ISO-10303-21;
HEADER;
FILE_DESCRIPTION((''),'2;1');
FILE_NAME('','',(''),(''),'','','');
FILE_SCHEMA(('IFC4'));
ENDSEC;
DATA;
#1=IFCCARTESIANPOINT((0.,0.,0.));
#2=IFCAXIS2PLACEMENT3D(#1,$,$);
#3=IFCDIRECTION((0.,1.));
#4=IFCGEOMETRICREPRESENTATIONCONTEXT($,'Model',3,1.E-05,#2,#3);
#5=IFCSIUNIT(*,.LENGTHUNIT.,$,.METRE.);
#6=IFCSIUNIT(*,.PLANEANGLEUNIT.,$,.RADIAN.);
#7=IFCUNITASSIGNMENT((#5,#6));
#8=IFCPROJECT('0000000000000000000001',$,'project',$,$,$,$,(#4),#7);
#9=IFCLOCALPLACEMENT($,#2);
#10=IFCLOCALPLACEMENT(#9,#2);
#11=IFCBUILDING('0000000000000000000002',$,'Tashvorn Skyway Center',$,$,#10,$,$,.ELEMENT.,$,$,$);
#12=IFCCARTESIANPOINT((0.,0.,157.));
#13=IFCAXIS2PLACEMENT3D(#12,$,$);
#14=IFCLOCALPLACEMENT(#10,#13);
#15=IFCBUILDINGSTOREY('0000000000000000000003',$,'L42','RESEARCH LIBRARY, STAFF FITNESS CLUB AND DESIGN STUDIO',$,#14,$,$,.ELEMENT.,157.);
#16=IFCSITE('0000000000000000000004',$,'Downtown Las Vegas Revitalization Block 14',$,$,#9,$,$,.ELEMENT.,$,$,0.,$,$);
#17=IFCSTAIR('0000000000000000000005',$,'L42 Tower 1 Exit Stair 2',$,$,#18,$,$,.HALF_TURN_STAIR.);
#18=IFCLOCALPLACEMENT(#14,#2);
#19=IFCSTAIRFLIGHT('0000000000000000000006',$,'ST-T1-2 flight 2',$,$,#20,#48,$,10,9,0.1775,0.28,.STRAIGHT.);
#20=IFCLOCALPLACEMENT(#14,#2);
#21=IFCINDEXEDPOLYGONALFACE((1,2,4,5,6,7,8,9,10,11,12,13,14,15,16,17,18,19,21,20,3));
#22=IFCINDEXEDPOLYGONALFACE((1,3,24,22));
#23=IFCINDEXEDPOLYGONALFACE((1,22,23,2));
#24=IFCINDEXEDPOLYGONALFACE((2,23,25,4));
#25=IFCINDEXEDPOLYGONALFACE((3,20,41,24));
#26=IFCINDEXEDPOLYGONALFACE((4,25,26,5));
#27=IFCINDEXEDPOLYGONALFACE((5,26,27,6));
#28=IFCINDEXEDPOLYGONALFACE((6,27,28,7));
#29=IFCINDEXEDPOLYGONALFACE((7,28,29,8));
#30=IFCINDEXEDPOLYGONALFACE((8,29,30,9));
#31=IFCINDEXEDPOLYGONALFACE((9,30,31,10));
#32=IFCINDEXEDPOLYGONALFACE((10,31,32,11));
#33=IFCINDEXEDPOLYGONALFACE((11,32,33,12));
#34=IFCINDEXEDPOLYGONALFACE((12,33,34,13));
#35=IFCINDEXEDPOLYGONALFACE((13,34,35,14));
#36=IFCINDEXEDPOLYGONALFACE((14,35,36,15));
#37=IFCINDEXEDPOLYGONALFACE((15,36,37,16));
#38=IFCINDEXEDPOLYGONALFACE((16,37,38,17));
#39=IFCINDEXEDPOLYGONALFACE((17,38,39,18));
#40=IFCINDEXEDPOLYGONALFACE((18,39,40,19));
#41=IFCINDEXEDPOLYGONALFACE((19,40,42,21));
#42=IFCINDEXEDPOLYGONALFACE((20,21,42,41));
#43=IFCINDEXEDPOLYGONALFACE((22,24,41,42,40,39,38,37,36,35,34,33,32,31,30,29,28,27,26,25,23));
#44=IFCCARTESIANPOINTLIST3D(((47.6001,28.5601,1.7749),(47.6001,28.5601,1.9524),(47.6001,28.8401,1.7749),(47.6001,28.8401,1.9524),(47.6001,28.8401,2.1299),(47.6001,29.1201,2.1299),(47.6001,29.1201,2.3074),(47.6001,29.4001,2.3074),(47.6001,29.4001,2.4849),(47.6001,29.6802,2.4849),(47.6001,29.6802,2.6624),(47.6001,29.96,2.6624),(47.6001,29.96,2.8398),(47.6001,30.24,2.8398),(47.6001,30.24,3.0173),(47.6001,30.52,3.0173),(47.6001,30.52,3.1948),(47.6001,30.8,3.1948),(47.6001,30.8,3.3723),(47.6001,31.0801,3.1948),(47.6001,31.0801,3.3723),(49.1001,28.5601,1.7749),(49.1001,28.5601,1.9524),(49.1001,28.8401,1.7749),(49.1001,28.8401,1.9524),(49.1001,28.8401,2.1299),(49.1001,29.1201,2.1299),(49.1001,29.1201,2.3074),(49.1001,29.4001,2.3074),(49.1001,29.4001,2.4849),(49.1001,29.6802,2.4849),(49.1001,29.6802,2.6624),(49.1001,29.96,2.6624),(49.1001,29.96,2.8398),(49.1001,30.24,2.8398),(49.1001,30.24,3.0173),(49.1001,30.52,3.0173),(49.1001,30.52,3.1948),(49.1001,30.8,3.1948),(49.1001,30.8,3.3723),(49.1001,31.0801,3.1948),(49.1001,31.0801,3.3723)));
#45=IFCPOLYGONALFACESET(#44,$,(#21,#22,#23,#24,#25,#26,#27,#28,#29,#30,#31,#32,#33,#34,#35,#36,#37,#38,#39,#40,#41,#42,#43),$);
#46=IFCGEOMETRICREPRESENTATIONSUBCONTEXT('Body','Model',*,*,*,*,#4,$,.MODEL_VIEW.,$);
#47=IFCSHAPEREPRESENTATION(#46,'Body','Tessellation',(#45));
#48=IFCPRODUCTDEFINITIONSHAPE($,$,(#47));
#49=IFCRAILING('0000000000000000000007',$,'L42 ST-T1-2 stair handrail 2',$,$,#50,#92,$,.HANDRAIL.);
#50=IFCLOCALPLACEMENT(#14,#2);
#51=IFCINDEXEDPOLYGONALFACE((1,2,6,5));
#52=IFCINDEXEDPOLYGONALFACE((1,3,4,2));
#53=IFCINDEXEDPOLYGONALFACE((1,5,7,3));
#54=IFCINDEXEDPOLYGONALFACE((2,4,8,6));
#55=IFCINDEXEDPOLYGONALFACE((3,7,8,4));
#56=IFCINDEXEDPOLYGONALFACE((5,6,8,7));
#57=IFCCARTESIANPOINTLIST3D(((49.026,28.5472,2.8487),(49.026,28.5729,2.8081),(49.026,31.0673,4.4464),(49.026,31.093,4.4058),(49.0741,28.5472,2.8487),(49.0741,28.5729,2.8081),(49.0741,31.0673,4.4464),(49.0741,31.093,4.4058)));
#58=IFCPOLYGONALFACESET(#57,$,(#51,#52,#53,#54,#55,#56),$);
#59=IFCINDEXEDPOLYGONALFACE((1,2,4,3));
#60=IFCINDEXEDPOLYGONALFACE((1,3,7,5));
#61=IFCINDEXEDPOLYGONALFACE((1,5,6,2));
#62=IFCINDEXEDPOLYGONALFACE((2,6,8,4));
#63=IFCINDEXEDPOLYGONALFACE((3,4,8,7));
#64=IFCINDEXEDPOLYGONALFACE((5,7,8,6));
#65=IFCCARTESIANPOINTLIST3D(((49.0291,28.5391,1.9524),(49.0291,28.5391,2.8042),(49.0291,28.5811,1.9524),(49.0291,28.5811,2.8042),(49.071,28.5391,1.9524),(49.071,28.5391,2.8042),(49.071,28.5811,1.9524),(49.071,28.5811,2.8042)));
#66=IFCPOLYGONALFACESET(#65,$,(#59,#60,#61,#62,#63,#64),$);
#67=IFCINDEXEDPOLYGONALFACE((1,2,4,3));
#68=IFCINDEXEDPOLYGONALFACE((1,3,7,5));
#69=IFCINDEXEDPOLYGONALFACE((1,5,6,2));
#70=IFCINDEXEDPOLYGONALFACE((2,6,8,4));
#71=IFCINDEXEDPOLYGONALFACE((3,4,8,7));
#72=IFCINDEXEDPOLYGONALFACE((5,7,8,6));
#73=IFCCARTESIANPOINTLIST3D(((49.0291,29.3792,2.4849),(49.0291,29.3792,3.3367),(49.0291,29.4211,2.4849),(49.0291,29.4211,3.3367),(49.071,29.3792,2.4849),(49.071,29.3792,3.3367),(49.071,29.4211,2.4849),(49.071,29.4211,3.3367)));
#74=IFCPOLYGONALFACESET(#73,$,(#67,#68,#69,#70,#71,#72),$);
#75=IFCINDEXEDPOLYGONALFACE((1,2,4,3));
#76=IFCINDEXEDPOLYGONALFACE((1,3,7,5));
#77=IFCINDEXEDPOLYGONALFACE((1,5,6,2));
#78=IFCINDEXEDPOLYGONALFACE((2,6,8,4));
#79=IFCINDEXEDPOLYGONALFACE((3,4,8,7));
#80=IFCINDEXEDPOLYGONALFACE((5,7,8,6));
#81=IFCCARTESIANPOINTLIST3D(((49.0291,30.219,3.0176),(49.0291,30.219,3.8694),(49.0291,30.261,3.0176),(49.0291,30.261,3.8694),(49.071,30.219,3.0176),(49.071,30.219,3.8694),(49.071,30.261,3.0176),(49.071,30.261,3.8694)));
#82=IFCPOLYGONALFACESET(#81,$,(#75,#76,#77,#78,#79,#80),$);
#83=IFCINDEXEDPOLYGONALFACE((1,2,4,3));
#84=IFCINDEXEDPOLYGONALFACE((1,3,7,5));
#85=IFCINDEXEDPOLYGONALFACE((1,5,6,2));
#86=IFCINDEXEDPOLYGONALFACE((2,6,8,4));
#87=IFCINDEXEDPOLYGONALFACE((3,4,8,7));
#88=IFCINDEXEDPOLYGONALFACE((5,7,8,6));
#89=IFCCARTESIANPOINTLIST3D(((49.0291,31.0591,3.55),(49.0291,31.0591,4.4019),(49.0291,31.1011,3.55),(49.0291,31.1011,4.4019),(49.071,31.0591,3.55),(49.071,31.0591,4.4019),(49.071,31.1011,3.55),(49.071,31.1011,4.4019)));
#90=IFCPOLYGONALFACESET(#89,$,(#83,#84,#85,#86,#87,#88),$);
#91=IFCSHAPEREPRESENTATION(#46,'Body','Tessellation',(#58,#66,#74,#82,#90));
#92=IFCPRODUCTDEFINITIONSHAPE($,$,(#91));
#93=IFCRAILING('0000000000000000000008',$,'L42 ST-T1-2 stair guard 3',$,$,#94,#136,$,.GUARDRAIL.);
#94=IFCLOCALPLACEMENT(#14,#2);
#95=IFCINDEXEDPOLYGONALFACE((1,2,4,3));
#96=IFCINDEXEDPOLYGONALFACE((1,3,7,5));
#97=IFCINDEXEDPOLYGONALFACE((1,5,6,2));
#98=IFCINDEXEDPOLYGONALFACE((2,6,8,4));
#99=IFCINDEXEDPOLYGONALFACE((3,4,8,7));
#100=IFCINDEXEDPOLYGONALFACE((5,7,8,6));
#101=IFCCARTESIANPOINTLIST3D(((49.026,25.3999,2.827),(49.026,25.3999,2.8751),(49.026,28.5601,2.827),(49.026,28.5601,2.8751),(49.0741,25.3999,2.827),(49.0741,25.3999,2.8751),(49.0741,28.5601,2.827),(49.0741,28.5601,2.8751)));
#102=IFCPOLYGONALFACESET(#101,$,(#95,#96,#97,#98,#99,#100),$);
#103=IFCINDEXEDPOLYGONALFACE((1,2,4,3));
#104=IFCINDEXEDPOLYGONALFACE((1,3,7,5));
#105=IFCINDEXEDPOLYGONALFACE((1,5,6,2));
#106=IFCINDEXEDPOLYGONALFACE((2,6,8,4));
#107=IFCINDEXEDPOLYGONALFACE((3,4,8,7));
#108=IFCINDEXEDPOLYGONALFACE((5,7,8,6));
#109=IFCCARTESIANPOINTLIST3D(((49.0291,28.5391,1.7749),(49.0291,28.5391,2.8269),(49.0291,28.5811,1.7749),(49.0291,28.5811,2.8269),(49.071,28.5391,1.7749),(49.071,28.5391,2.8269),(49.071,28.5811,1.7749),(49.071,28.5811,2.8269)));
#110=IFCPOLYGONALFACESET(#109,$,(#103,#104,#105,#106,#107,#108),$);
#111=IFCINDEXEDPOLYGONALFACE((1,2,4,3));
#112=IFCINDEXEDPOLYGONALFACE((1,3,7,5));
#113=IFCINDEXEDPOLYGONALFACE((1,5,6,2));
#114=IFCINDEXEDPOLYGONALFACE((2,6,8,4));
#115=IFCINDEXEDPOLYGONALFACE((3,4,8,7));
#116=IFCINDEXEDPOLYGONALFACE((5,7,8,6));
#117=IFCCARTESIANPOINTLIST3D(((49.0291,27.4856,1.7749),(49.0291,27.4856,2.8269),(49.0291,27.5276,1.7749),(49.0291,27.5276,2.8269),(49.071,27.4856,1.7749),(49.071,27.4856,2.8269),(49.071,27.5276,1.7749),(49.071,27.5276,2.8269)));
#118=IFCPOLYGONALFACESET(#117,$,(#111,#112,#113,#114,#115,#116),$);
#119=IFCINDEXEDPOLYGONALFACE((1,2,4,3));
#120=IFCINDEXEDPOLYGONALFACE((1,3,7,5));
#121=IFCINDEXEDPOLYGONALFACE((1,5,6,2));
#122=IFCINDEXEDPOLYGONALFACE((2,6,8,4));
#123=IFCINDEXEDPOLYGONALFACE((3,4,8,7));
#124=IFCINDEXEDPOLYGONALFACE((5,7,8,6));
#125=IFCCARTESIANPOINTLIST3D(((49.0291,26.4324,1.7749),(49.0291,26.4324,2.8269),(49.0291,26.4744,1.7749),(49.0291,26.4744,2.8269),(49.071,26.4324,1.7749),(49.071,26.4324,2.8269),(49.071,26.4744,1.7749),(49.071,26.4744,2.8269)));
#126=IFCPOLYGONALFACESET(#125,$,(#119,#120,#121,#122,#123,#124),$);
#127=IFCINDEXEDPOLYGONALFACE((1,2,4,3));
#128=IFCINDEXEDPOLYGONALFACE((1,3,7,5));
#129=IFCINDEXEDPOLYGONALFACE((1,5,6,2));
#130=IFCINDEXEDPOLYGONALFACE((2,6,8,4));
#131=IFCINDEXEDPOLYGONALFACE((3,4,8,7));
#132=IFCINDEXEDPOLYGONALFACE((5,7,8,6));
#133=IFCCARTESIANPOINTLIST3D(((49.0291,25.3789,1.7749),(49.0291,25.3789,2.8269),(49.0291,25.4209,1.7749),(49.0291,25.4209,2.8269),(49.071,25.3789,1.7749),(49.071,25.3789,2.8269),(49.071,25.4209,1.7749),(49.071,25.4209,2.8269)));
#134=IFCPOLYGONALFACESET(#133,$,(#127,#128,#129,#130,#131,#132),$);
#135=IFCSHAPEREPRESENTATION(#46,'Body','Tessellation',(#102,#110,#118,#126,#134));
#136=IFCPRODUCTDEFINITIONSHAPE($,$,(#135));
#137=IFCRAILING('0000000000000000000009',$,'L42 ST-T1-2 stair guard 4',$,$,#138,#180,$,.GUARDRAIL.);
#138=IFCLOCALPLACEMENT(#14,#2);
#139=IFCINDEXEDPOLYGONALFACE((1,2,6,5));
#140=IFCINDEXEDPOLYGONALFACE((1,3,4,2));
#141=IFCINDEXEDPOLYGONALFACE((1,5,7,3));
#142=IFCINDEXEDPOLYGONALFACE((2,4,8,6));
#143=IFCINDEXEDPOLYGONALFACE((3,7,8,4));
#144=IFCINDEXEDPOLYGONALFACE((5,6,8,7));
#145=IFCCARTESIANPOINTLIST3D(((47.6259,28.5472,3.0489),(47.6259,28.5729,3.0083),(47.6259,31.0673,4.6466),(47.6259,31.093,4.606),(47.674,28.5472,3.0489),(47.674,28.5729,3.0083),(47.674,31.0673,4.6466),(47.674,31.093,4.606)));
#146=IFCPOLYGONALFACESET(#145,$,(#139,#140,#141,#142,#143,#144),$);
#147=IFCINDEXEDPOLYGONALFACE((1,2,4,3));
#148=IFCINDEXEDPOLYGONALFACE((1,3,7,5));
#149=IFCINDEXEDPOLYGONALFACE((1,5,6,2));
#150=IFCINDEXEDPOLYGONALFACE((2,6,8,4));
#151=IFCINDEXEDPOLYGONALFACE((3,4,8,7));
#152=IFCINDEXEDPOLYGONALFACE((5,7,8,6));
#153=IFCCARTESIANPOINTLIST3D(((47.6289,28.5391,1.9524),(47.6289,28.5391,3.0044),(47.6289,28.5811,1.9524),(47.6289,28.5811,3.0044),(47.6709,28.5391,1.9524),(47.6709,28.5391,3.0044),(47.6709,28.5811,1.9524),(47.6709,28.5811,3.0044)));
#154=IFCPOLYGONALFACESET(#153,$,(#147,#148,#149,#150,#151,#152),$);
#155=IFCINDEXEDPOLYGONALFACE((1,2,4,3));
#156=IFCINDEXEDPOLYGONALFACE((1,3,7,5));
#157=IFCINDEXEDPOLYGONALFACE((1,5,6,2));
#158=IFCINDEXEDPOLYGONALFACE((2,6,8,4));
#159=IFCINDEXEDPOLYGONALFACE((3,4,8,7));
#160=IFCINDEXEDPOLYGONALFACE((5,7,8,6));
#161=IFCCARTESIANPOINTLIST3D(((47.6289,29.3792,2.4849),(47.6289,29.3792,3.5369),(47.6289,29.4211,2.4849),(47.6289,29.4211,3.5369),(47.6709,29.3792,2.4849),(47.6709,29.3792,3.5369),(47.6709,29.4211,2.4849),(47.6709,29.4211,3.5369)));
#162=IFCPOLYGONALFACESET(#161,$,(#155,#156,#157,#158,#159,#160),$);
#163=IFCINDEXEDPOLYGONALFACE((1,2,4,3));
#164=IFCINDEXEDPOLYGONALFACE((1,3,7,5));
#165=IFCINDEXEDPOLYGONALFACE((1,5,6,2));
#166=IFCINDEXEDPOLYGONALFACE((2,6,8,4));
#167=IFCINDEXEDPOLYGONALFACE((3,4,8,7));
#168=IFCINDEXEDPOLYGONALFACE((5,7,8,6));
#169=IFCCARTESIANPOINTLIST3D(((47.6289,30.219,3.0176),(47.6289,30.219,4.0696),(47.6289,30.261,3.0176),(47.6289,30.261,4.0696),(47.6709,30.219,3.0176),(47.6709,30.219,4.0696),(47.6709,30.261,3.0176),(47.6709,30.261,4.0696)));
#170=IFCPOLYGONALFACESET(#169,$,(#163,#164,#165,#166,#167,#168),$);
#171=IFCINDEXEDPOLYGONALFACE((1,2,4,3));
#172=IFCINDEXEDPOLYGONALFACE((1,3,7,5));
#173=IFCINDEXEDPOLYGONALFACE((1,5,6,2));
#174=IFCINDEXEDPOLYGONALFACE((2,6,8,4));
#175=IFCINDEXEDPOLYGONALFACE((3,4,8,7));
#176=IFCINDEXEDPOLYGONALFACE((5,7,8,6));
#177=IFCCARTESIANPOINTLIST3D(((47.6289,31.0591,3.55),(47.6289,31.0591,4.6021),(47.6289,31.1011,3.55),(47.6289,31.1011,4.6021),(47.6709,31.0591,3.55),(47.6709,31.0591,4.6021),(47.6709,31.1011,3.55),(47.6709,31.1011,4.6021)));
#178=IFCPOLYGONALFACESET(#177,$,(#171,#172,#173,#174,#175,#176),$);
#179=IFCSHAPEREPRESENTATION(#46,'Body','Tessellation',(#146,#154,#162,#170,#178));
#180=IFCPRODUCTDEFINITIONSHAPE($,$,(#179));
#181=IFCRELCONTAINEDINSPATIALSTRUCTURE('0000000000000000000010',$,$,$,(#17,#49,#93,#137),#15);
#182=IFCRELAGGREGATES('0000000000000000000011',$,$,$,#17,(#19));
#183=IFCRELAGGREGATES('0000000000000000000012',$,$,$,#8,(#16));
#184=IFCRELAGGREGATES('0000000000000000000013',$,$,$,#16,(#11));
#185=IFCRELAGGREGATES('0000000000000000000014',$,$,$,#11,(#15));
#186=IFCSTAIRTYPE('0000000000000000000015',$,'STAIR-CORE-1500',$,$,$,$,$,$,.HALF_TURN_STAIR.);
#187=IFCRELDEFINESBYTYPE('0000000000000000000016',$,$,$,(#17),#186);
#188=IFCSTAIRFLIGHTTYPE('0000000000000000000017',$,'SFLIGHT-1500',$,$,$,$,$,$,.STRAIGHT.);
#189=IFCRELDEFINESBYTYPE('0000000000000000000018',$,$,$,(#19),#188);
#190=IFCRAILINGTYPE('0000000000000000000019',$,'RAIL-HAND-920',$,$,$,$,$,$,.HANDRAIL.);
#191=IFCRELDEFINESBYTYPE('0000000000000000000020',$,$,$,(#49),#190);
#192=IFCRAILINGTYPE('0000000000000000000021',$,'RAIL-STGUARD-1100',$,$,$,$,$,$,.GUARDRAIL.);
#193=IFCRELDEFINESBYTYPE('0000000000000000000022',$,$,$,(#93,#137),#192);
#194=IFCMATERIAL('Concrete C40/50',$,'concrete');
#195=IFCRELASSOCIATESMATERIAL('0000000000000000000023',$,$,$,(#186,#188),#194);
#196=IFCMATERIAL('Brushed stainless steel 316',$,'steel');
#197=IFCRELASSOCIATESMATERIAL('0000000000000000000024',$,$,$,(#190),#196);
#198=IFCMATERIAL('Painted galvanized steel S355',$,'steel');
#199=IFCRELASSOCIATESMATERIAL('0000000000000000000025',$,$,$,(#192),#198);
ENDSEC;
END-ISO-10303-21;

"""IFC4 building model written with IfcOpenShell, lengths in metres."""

from ifc_helpers import new_model, si_unit, direction, frame, origin, origin_2d, place, context, subcontext, project, spatial, polyline, rectangle, outline, extrude, material, type_object, element, aggregate, save


model = new_model("IFC4")

# Units and contexts
model_context = context("Model", 3, precision=1e-05, world=origin(), true_north=direction((0.0, 1.0)))
body_context = subcontext(model_context, "Body", "Model", "MODEL_VIEW")
ifc_project = project(units=[si_unit("LENGTHUNIT", "METRE"), si_unit("PLANEANGLEUNIT", "RADIAN")], contexts=[model_context])

# Site, building, storey
site_placement = place(None, origin())
site = spatial("IfcSite", under=ifc_project, at=site_placement, Name="Downtown Las Vegas Revitalization Block 14", CompositionType="ELEMENT", RefElevation=0.0)
building_placement = place(site_placement, origin())
building = spatial("IfcBuilding", under=site, at=building_placement, Name="Tashvorn Skyway Center", CompositionType="ELEMENT")
storey_placement = place(building_placement, frame((0.0, 0.0, 157.0)))
storey = spatial("IfcBuildingStorey", under=building, at=storey_placement, Name="L42", Description="RESEARCH LIBRARY, STAFF FITNESS CLUB AND DESIGN STUDIO", CompositionType="ELEMENT", Elevation=157.0)

# Stair, stair flight
ifc_material_1 = material(Name="Concrete C40/50", Category="concrete")
stair_type = type_object("IfcStairType", Name="STAIR-CORE-1500", PredefinedType="HALF_TURN_STAIR", material=ifc_material_1)
stair_placement = place(storey_placement, origin())
stair = element("IfcStair", 1, at=stair_placement, inside=storey, type_object=stair_type, Name="L42 Tower 1 Exit Stair 2", PredefinedType="HALF_TURN_STAIR")
stair_flight_type = type_object("IfcStairFlightType", Name="SFLIGHT-1500", PredefinedType="STRAIGHT", material=ifc_material_1)
stair_flight_placement = place(storey_placement, frame((48.3501, 28.5601, 1.7749), z_axis=(0.0, 0.0, 1.0), x_axis=(0.0, 1.0, 0.0)))
stair_flight = element("IfcStairFlight", 2, at=stair_flight_placement, type_object=stair_flight_type, Name="ST-T1-2 flight 2", NumberOfRisers=10, NumberOfTreads=9, PredefinedType="STRAIGHT", RiserHeight=0.1775, TreadLength=0.28, context=body_context, shape_type="SweptSolid", body=[
    extrude(outline(polyline([(0.0, 0.0), (0.0, 0.1775), (0.28, 0.1775), (0.28, 0.355), (0.5601, 0.355), (0.5601, 0.5325), (0.8401, 0.5325), (0.8401, 0.71), (1.1201, 0.71), (1.1201, 0.8875), (1.3999, 0.8875), (1.3999, 1.0649), (1.6799, 1.0649), (1.6799, 1.2424), (1.96, 1.2424), (1.96, 1.4199), (2.24, 1.4199), (2.24, 1.5974), (2.52, 1.5974), (2.52, 1.7749), (2.52, 1.4199), (0.28, 0.0), (0.0, 0.0)])), frame((0.0, 0.75, 0.0), z_axis=(0.0, -1.0, 0.0), x_axis=(1.0, 0.0, 0.0)), (0.0, 0.0, 1.0), 1.5),
])
aggregate(stair, [stair_flight])

# Railings
ifc_material_2 = material(Name="Brushed stainless steel 316", Category="steel")
railing_type_1 = type_object("IfcRailingType", Name="RAIL-HAND-920", PredefinedType="HANDRAIL", material=ifc_material_2)
railing_1_placement = place(storey_placement, frame((49.05, 28.5601, 1.9524)))
element("IfcRailing", 3, at=railing_1_placement, inside=storey, type_object=railing_type_1, Name="L42 ST-T1-2 stair handrail 2", PredefinedType="HANDRAIL", context=body_context, shape_type="SweptSolid", body=[
    extrude(rectangle(XDim=0.0481, YDim=0.0481, at=origin_2d()), frame((0.0, 0.0, 0.876), z_axis=(0.0, 0.84457, 0.535445), x_axis=(-1.0, 0.0, 0.0)), (0.0, 0.0, 1.0), 2.9839),
    extrude(rectangle(XDim=0.042, YDim=0.042, at=origin_2d()), origin(), (0.0, 0.0, 1.0), 0.8518),
    extrude(rectangle(XDim=0.042, YDim=0.042, at=origin_2d()), frame((0.0, 0.8401, 0.5325)), (0.0, 0.0, 1.0), 0.8518),
    extrude(rectangle(XDim=0.042, YDim=0.042, at=origin_2d()), frame((0.0, 1.6799, 1.0652)), (0.0, 0.0, 1.0), 0.8518),
    extrude(rectangle(XDim=0.042, YDim=0.042, at=origin_2d()), frame((0.0, 2.52, 1.5977)), (0.0, 0.0, 1.0), 0.8518),
])
ifc_material_3 = material(Name="Painted galvanized steel S355", Category="steel")
railing_type_2 = type_object("IfcRailingType", Name="RAIL-STGUARD-1100", PredefinedType="GUARDRAIL", material=ifc_material_3)
railing_2_placement = place(storey_placement, frame((49.05, 28.5601, 1.7749)))
element("IfcRailing", 4, at=railing_2_placement, inside=storey, type_object=railing_type_2, Name="L42 ST-T1-2 stair guard 3", PredefinedType="GUARDRAIL", context=body_context, shape_type="SweptSolid", body=[
    extrude(rectangle(XDim=0.0481, YDim=0.0481, at=origin_2d()), frame((0.0, 0.0, 1.0762), z_axis=(0.0, -1.0, 0.0), x_axis=(1.0, 0.0, 0.0)), (0.0, 0.0, 1.0), 3.1602),
    extrude(rectangle(XDim=0.042, YDim=0.042, at=origin_2d()), origin(), (0.0, 0.0, 1.0), 1.052),
    extrude(rectangle(XDim=0.042, YDim=0.042, at=origin_2d()), frame((0.0, -1.0535, 0.0)), (0.0, 0.0, 1.0), 1.052),
    extrude(rectangle(XDim=0.042, YDim=0.042, at=origin_2d()), frame((0.0, -2.1067, 0.0)), (0.0, 0.0, 1.0), 1.052),
    extrude(rectangle(XDim=0.042, YDim=0.042, at=origin_2d()), frame((0.0, -3.1602, 0.0)), (0.0, 0.0, 1.0), 1.052),
])
railing_3_placement = place(storey_placement, frame((47.6499, 28.5601, 1.9524)))
element("IfcRailing", 5, at=railing_3_placement, inside=storey, type_object=railing_type_2, Name="L42 ST-T1-2 stair guard 4", PredefinedType="GUARDRAIL", context=body_context, shape_type="SweptSolid", body=[
    extrude(rectangle(XDim=0.0481, YDim=0.0481, at=origin_2d()), frame((0.0, 0.0, 1.0762), z_axis=(0.0, 0.84457, 0.535445), x_axis=(-1.0, 0.0, 0.0)), (0.0, 0.0, 1.0), 2.9839),
    extrude(rectangle(XDim=0.042, YDim=0.042, at=origin_2d()), origin(), (0.0, 0.0, 1.0), 1.052),
    extrude(rectangle(XDim=0.042, YDim=0.042, at=origin_2d()), frame((0.0, 0.8401, 0.5325)), (0.0, 0.0, 1.0), 1.052),
    extrude(rectangle(XDim=0.042, YDim=0.042, at=origin_2d()), frame((0.0, 1.6799, 1.0652)), (0.0, 0.0, 1.0), 1.052),
    extrude(rectangle(XDim=0.042, YDim=0.042, at=origin_2d()), frame((0.0, 2.52, 1.5977)), (0.0, 0.0, 1.0), 1.052),
])

save(model, "model.ifc")
